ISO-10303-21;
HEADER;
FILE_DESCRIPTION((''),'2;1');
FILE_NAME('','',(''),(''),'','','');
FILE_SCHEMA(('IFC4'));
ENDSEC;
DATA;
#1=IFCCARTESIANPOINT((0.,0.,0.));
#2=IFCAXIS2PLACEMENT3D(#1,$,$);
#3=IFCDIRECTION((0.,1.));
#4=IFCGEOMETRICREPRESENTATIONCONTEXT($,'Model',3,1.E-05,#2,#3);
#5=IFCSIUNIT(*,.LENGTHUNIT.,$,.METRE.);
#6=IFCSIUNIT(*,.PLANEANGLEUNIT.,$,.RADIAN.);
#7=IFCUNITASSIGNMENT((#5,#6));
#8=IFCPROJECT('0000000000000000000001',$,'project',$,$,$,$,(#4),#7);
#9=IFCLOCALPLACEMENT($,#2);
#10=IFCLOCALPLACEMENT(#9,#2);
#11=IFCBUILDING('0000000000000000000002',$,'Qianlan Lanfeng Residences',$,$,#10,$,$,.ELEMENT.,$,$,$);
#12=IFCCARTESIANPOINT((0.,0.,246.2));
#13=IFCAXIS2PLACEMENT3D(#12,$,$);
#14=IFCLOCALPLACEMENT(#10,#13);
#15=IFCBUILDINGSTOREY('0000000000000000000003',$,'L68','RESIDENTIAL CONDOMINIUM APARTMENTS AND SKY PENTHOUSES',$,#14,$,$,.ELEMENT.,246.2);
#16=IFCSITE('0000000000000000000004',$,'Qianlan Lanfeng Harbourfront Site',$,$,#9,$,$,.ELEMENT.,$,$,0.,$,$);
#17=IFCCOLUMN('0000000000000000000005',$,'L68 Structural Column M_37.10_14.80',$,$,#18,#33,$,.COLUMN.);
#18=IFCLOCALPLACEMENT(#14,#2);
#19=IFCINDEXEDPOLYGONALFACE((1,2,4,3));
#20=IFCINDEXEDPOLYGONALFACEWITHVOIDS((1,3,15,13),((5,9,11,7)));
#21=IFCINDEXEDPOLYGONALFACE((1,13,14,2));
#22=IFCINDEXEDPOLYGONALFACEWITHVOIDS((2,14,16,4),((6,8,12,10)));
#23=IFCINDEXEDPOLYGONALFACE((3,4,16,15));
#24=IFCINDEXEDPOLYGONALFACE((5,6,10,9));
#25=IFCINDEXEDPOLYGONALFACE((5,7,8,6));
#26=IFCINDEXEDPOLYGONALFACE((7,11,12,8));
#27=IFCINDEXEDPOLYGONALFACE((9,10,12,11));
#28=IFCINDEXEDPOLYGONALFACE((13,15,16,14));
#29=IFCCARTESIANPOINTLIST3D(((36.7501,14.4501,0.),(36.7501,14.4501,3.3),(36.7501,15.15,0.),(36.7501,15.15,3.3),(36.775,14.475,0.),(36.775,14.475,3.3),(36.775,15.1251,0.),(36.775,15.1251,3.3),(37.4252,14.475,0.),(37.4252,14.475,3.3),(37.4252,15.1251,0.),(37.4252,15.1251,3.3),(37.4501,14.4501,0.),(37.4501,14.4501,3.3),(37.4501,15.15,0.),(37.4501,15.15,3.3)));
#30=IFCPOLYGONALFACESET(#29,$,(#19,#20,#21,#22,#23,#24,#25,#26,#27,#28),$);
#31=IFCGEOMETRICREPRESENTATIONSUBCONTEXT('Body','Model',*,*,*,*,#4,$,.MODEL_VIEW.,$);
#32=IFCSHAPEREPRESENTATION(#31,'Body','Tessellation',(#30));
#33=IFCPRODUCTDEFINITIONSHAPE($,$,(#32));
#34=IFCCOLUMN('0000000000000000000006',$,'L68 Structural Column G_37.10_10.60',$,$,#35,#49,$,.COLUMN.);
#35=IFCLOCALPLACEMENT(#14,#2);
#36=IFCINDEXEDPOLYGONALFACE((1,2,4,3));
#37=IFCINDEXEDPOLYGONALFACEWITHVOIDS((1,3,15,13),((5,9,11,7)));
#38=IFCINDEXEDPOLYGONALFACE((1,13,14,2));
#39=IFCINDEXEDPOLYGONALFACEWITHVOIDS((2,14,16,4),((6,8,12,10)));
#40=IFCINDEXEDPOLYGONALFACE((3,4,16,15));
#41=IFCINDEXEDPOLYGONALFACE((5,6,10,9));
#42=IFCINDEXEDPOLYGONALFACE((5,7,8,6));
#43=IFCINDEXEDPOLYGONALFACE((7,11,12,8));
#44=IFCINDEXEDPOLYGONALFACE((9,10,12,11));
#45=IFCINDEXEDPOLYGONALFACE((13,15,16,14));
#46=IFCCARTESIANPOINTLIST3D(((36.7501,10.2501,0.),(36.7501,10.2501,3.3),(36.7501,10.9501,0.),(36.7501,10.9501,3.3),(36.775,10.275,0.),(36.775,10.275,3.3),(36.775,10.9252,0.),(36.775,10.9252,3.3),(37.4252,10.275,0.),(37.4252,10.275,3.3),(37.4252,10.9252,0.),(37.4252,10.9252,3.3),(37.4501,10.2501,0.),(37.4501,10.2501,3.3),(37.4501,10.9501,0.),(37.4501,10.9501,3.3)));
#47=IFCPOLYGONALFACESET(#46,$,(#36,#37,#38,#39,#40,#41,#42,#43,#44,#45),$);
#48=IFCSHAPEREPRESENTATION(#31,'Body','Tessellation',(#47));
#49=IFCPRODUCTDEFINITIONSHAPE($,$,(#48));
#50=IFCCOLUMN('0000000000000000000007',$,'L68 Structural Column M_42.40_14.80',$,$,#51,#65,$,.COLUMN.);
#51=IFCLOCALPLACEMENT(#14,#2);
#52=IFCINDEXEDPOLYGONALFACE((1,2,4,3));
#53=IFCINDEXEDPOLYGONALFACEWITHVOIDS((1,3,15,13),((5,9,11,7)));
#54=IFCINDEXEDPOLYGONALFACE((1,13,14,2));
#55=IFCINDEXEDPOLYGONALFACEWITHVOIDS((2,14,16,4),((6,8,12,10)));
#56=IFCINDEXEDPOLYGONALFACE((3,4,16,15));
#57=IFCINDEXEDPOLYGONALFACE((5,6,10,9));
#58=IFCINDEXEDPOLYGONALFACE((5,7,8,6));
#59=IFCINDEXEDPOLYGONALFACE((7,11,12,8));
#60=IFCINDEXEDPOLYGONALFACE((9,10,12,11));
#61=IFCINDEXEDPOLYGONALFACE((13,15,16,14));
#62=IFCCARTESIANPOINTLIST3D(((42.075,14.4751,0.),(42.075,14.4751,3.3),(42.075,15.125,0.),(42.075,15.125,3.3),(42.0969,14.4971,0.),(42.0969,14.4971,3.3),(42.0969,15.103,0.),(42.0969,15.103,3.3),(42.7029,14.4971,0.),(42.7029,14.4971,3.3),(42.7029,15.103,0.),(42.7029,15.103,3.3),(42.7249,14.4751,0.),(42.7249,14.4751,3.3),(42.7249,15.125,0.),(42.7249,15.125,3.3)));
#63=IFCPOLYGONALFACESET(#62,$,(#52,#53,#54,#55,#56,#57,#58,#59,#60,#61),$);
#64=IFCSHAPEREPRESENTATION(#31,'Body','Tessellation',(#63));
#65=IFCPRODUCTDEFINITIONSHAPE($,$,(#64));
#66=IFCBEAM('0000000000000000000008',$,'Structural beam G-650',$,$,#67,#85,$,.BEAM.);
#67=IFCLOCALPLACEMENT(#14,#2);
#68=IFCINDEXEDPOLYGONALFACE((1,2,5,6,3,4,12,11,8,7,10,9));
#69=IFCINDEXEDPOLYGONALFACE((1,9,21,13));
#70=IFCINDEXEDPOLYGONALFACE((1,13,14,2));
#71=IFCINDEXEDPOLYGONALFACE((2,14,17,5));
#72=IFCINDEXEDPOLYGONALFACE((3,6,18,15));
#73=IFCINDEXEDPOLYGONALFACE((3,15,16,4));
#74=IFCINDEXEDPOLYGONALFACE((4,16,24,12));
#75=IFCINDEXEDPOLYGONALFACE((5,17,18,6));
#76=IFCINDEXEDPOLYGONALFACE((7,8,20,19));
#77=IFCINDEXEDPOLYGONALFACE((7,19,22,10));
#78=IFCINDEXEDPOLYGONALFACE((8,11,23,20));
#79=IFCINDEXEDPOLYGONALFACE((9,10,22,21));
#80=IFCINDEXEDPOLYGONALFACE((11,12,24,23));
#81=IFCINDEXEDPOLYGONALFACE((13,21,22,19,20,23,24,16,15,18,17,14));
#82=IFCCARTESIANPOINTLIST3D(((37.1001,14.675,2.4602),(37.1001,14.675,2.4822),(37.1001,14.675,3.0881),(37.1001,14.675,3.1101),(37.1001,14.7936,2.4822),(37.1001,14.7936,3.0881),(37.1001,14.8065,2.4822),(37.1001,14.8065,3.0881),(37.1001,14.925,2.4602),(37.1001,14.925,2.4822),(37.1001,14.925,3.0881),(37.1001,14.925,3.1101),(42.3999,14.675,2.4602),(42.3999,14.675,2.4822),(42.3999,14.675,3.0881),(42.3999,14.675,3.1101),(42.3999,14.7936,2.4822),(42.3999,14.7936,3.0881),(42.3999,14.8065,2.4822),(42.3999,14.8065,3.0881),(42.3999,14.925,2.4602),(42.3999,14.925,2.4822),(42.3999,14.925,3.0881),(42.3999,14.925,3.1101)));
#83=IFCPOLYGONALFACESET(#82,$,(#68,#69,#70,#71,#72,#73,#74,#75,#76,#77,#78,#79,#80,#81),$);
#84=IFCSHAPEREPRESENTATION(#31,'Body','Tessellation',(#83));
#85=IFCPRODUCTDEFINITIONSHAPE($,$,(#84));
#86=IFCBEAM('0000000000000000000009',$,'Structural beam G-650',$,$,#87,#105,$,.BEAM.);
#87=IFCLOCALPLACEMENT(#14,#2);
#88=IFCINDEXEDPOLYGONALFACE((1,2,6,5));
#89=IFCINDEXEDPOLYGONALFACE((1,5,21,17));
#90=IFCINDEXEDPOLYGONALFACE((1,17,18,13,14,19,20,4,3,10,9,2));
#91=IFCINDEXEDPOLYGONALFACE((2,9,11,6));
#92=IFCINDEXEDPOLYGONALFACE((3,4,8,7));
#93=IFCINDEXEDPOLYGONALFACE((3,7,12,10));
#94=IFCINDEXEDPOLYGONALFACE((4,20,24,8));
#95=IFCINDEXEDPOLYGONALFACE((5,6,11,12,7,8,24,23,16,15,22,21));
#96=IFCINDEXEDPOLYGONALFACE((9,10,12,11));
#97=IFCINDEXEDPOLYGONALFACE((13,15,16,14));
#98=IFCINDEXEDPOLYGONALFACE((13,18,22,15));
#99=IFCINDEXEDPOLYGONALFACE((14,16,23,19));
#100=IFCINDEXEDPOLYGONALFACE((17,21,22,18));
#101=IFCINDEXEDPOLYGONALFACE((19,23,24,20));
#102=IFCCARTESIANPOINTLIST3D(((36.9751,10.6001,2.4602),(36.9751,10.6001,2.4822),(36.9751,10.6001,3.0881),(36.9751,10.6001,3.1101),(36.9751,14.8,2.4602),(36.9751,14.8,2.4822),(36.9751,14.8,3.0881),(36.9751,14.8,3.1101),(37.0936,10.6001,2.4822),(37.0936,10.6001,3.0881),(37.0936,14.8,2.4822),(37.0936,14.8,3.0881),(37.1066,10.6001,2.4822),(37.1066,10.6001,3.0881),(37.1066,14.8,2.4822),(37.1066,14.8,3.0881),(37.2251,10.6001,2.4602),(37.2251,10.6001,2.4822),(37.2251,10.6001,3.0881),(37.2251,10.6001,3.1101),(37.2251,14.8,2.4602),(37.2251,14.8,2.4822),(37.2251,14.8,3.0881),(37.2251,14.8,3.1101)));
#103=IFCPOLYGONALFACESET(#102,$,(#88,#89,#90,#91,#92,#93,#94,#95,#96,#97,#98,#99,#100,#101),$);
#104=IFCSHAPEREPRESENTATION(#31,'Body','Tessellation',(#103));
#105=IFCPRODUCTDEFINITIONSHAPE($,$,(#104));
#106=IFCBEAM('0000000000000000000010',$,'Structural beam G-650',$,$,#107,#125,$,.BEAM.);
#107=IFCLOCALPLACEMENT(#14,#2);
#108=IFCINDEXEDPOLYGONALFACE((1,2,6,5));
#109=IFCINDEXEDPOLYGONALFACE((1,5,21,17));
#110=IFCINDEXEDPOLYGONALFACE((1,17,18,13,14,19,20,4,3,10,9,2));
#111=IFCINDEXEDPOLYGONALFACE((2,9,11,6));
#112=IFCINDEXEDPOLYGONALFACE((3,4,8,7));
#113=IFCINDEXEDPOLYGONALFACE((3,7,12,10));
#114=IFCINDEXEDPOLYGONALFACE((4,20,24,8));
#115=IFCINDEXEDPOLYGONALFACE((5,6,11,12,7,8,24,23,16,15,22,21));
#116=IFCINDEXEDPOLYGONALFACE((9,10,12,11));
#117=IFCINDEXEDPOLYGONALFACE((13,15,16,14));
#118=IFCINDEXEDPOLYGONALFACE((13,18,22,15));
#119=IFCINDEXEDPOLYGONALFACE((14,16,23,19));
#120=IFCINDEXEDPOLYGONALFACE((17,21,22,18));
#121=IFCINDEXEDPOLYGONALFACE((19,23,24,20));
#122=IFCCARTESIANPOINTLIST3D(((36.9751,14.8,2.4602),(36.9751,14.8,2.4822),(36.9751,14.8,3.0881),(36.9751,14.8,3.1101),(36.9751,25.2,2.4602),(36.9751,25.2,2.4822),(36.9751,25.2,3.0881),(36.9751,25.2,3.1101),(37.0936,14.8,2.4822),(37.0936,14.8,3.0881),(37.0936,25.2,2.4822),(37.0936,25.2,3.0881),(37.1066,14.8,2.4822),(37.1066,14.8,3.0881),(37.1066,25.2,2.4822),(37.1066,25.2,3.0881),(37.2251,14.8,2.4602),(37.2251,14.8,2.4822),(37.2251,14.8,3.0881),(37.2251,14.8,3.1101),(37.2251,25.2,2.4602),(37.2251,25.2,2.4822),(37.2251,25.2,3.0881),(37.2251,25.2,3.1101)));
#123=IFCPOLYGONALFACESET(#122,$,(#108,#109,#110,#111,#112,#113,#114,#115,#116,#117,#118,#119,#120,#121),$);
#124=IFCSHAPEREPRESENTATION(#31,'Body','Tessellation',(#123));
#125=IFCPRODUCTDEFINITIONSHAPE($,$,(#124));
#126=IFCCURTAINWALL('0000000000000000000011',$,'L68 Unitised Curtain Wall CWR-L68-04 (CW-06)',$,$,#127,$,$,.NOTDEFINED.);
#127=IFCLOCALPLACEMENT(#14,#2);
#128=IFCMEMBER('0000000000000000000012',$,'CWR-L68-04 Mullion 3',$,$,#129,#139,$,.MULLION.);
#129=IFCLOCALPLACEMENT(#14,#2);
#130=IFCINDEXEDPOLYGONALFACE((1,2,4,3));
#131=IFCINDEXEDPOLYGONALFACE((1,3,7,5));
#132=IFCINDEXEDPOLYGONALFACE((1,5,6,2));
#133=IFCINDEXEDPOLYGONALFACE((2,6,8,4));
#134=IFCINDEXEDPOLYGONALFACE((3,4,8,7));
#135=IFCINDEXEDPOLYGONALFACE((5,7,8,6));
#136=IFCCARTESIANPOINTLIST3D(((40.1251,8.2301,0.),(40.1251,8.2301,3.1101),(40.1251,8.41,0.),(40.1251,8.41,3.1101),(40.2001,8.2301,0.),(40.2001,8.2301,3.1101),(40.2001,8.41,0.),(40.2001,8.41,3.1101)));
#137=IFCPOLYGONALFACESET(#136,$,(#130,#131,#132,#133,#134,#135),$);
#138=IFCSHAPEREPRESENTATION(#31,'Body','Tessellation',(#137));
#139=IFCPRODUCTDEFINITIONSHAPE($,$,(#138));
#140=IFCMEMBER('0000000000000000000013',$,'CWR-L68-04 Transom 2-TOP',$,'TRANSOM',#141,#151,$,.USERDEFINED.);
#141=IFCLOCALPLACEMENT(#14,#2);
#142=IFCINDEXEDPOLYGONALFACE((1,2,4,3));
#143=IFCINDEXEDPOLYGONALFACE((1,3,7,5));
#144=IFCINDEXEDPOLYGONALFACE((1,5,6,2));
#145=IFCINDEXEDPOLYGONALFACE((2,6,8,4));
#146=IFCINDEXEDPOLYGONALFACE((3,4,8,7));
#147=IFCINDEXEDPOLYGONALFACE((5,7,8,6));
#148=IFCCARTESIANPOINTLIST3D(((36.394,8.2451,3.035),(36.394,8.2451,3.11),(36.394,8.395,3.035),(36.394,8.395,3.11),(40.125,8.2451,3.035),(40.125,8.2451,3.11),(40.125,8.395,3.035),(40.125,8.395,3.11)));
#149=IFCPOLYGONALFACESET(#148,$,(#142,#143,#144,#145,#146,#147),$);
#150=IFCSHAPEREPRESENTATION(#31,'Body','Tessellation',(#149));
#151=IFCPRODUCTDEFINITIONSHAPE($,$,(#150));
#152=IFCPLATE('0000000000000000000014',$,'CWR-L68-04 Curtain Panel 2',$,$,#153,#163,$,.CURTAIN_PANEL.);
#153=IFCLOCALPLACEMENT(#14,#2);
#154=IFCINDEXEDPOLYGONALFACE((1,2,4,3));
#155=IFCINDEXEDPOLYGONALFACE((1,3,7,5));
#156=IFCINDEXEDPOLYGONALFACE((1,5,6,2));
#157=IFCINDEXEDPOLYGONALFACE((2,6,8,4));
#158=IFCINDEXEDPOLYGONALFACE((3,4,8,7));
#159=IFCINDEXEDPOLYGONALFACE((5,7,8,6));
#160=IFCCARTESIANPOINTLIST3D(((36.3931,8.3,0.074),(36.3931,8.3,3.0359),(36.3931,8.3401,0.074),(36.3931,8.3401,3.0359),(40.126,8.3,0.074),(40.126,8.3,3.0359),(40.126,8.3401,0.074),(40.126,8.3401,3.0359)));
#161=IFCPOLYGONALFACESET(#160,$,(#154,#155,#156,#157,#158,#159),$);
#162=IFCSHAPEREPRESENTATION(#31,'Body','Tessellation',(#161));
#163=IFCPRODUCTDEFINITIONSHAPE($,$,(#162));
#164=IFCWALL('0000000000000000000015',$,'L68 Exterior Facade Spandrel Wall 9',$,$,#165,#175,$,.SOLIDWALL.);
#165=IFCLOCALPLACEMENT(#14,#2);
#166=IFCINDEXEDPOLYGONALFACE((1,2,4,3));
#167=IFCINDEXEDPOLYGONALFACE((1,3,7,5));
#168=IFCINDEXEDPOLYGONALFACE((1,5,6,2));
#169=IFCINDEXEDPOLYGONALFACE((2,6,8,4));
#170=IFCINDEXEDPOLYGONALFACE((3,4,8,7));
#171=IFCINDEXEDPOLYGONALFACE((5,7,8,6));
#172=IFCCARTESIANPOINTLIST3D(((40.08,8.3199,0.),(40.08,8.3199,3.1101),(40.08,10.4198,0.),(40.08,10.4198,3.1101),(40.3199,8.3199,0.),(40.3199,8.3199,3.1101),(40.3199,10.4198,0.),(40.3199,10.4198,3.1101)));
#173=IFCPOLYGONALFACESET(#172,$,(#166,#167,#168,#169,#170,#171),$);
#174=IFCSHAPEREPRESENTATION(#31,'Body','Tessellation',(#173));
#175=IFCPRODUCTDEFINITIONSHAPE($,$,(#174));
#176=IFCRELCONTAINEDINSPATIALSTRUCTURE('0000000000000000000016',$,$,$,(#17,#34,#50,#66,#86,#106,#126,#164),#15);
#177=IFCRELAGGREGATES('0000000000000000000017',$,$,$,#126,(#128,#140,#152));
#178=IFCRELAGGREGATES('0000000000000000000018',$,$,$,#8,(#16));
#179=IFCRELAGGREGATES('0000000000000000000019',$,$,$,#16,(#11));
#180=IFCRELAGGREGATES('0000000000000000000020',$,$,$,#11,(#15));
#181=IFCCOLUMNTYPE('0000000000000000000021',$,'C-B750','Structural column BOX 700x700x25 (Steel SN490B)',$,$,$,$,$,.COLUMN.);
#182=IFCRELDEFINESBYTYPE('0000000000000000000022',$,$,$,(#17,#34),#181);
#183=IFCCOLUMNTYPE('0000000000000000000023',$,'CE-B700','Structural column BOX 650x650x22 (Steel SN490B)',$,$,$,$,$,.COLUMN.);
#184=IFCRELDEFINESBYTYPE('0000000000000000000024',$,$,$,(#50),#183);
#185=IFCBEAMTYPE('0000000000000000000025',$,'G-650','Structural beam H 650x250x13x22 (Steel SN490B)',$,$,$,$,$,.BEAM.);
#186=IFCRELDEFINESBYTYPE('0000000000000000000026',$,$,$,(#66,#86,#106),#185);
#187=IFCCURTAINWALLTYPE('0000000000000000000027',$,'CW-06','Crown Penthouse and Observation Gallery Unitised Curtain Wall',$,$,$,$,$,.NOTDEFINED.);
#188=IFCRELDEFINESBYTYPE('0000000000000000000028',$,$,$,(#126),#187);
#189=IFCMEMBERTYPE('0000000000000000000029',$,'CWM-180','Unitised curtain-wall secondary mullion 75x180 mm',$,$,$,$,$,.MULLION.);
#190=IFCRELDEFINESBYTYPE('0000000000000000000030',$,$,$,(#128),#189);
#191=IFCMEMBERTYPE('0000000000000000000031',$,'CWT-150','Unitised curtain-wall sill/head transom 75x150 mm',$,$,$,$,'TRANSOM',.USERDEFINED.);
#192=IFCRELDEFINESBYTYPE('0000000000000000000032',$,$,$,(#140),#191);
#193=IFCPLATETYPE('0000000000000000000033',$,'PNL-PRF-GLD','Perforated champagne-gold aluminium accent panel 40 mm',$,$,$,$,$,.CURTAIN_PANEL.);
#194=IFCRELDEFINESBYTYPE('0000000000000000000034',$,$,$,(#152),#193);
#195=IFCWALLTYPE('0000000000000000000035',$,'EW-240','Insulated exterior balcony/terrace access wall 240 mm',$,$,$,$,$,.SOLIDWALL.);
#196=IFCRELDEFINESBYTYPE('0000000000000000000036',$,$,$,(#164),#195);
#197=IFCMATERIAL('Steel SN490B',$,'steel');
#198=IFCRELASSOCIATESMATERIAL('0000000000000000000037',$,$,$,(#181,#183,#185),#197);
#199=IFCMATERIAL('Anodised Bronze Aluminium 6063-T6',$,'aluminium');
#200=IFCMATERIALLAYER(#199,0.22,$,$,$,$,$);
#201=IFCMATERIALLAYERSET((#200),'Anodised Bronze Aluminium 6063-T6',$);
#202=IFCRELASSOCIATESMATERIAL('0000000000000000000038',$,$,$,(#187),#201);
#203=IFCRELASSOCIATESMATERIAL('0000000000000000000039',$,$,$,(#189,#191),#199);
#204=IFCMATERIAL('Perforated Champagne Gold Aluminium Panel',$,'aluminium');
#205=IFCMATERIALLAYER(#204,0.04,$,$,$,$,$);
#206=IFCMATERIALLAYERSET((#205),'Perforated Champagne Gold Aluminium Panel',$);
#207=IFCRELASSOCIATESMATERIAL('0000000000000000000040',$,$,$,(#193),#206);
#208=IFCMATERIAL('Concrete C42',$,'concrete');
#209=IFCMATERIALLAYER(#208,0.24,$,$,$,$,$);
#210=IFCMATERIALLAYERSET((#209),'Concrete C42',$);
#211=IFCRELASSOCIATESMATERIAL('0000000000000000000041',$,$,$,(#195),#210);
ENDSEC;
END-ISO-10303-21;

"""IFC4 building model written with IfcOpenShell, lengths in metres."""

from ifc_helpers import new_model, si_unit, direction, frame, frame_2d, origin, origin_2d, place, context, subcontext, project, spatial, rectangle, hollow_rectangle, i_section, extrude, source, transform, mapped, material, layer, layer_set, material_profile, profile_set, type_object, element, aggregate, save


model = new_model("IFC4")

# Units and contexts
model_context = context("Model", 3, precision=1e-05, world=origin(), true_north=direction((0.0, 1.0)))
body_context = subcontext(model_context, "Body", "Model", "MODEL_VIEW")
ifc_project = project(units=[si_unit("LENGTHUNIT", "METRE"), si_unit("PLANEANGLEUNIT", "RADIAN")], contexts=[model_context])

# Site, building, storey
site_placement = place(None, origin())
site = spatial("IfcSite", under=ifc_project, at=site_placement, Name="Qianlan Lanfeng Harbourfront Site", CompositionType="ELEMENT", RefElevation=0.0)
building_placement = place(site_placement, origin())
building = spatial("IfcBuilding", under=site, at=building_placement, Name="Qianlan Lanfeng Residences", CompositionType="ELEMENT")
storey_placement = place(building_placement, frame((0.0, 0.0, 246.2)))
storey = spatial("IfcBuildingStorey", under=building, at=storey_placement, Name="L68", Description="RESIDENTIAL CONDOMINIUM APARTMENTS AND SKY PENTHOUSES", CompositionType="ELEMENT", Elevation=246.2)

# Columns
ifc_material_1 = material(Name="Steel SN490B", Category="steel")
ifc_material_profile_1 = material_profile(ifc_material_1, hollow_rectangle(XDim=0.7, YDim=0.7, WallThickness=0.0249, at=origin_2d()), Name="BOX 700x700x25")
ifc_profile_set_1 = profile_set([ifc_material_profile_1], Name="Steel SN490B")
column_type_1 = type_object("IfcColumnType", Name="C-B750", Description="Structural column BOX 700x700x25 (Steel SN490B)", PredefinedType="COLUMN", material=ifc_profile_set_1)
for number, where, z_axis, x_axis, name in (
    (1, (37.1001, 14.8, 0.0), (0.0, 0.0, 1.0), (1.0, 0.0, 0.0), "L68 Structural Column M_37.10_14.80"),
    (2, (37.1001, 10.6001, 0.0), (0.0, 0.0, 1.0), (1.0, 0.0, 0.0), "L68 Structural Column G_37.10_10.60"),
):
    element("IfcColumn", number, at=place(storey_placement, frame(where, z_axis=z_axis, x_axis=x_axis)), inside=storey, type_object=column_type_1, Name=name, PredefinedType="COLUMN", context=body_context, shape_type="SweptSolid", body=[
        extrude(hollow_rectangle(XDim=0.7, YDim=0.7, WallThickness=0.0249, at=origin_2d()), origin(), (0.0, 0.0, 1.0), 3.3),
    ])
ifc_material_profile_2 = material_profile(ifc_material_1, hollow_rectangle(XDim=0.6499, YDim=0.6499, WallThickness=0.022, at=origin_2d()), Name="BOX 650x650x22")
ifc_profile_set_2 = profile_set([ifc_material_profile_2], Name="Steel SN490B")
column_type_2 = type_object("IfcColumnType", Name="CE-B700", Description="Structural column BOX 650x650x22 (Steel SN490B)", PredefinedType="COLUMN", material=ifc_profile_set_2)
column_placement = place(storey_placement, frame((42.3999, 14.8, 0.0), z_axis=(0.0, 0.0, 1.0), x_axis=(1.0, 0.0, 0.0)))
element("IfcColumn", 3, at=column_placement, inside=storey, type_object=column_type_2, Name="L68 Structural Column M_42.40_14.80", PredefinedType="COLUMN", context=body_context, shape_type="SweptSolid", body=[
    extrude(hollow_rectangle(XDim=0.6499, YDim=0.6499, WallThickness=0.022, at=origin_2d()), origin(), (0.0, 0.0, 1.0), 3.3),
])

# Beams
ifc_material_profile_3 = material_profile(ifc_material_1, i_section(OverallWidth=0.25, OverallDepth=0.6499, WebThickness=0.0129, FlangeThickness=0.022, at=origin_2d()), Name="H 650x250x13x22")
ifc_profile_set_3 = profile_set([ifc_material_profile_3], Name="Steel SN490B")
beam_type = type_object("IfcBeamType", Name="G-650", Description="Structural beam H 650x250x13x22 (Steel SN490B)", PredefinedType="BEAM", material=ifc_profile_set_3)
beam_1_placement = place(storey_placement, frame((37.1001, 14.8, 2.7852), z_axis=(1.0, 0.0, 0.0), x_axis=(0.0, 1.0, 0.0)))
element("IfcBeam", 4, at=beam_1_placement, inside=storey, type_object=beam_type, Name="Structural beam G-650", PredefinedType="BEAM", context=body_context, shape_type="SweptSolid", body=[
    extrude(i_section(OverallWidth=0.25, OverallDepth=0.6499, WebThickness=0.0129, FlangeThickness=0.022, at=origin_2d()), origin(), (0.0, 0.0, 1.0), 5.2998),
])
beam_2_placement = place(storey_placement, frame((37.1001, 10.6001, 2.7852), z_axis=(0.0, 1.0, 0.0), x_axis=(-1.0, 0.0, 0.0)))
element("IfcBeam", 5, at=beam_2_placement, inside=storey, type_object=beam_type, Name="Structural beam G-650", PredefinedType="BEAM", context=body_context, shape_type="SweptSolid", body=[
    extrude(i_section(OverallWidth=0.25, OverallDepth=0.6499, WebThickness=0.0129, FlangeThickness=0.022, at=origin_2d()), origin(), (0.0, 0.0, 1.0), 4.2),
])
beam_3_placement = place(storey_placement, frame((37.1001, 14.8, 2.7852), z_axis=(0.0, 1.0, 0.0), x_axis=(-1.0, 0.0, 0.0)))
element("IfcBeam", 6, at=beam_3_placement, inside=storey, type_object=beam_type, Name="Structural beam G-650", PredefinedType="BEAM", context=body_context, shape_type="SweptSolid", body=[
    extrude(i_section(OverallWidth=0.25, OverallDepth=0.6499, WebThickness=0.0129, FlangeThickness=0.022, at=origin_2d()), origin(), (0.0, 0.0, 1.0), 10.3999),
])

# Curtain wall, members, plate
ifc_material_2 = material(Name="Anodised Bronze Aluminium 6063-T6", Category="aluminium")
ifc_layer_1 = layer(ifc_material_2, 0.22)
ifc_layer_set_1 = layer_set([ifc_layer_1], Name="Anodised Bronze Aluminium 6063-T6")
curtain_wall_type = type_object("IfcCurtainWallType", Name="CW-06", Description="Crown Penthouse and Observation Gallery Unitised Curtain Wall", PredefinedType="NOTDEFINED", material=ifc_layer_set_1)
curtain_wall_placement = place(storey_placement, origin())
curtain_wall = element("IfcCurtainWall", 7, at=curtain_wall_placement, inside=storey, type_object=curtain_wall_type, Name="L68 Unitised Curtain Wall CWR-L68-04 (CW-06)", PredefinedType="NOTDEFINED")
ifc_material_profile_4 = material_profile(ifc_material_2, rectangle(XDim=0.075, YDim=0.1799, at=origin_2d()), Name="ALU MULLION 75x180")
ifc_profile_set_4 = profile_set([ifc_material_profile_4], Name="Anodised Bronze Aluminium 6063-T6")
member_type_1 = type_object("IfcMemberType", Name="CWM-180", Description="Unitised curtain-wall secondary mullion 75x180 mm", PredefinedType="MULLION", material=ifc_profile_set_4)
shared_shape_1 = source(origin(), body_context, "Body", "SweptSolid", [
    extrude(rectangle(XDim=0.075, YDim=0.1799, at=origin_2d()), origin(), (0.0, 0.0, 1.0), 3.1101),
])
member_1_placement = place(storey_placement, frame((40.1626, 8.3201, 0.0), z_axis=(0.0, 0.0, 1.0), x_axis=(1.0, 0.0, 0.0)))
member_1 = element("IfcMember", 8, at=member_1_placement, type_object=member_type_1, Name="CWR-L68-04 Mullion 3", PredefinedType="MULLION", context=body_context, shape_type="MappedRepresentation", body=[
    mapped(shared_shape_1, transform((0.0, 0.0, 0.0), scale=1.0)),
])
ifc_material_profile_5 = material_profile(ifc_material_2, rectangle(XDim=0.075, YDim=0.1499, at=origin_2d()), Name="ALU TRANSOM 75x150")
ifc_profile_set_5 = profile_set([ifc_material_profile_5], Name="Anodised Bronze Aluminium 6063-T6")
member_type_2 = type_object("IfcMemberType", Name="CWT-150", Description="Unitised curtain-wall sill/head transom 75x150 mm", ElementType="TRANSOM", PredefinedType="USERDEFINED", material=ifc_profile_set_5)
shared_shape_2 = source(origin(), body_context, "Body", "SweptSolid", [
    extrude(rectangle(XDim=0.075, YDim=0.1499, at=origin_2d()), origin(), (0.0, 0.0, 1.0), 3.731),
])
member_2_placement = place(storey_placement, frame((36.394, 8.3201, 3.0725), z_axis=(1.0, 0.0, 0.0), x_axis=(0.0, 0.0, 1.0)))
member_2 = element("IfcMember", 9, at=member_2_placement, type_object=member_type_2, Name="CWR-L68-04 Transom 2-TOP", ObjectType="TRANSOM", PredefinedType="USERDEFINED", context=body_context, shape_type="MappedRepresentation", body=[
    mapped(shared_shape_2, transform((0.0, 0.0, 0.0), scale=1.0)),
])
ifc_material_3 = material(Name="Perforated Champagne Gold Aluminium Panel", Category="aluminium")
ifc_layer_2 = layer(ifc_material_3, 0.04)
ifc_layer_set_2 = layer_set([ifc_layer_2], Name="Perforated Champagne Gold Aluminium Panel")
plate_type = type_object("IfcPlateType", Name="PNL-PRF-GLD", Description="Perforated champagne-gold aluminium accent panel 40 mm", PredefinedType="CURTAIN_PANEL", material=ifc_layer_set_2)
shared_shape_3 = source(origin(), body_context, "Body", "SweptSolid", [
    extrude(rectangle(XDim=3.7329, YDim=0.04, at=origin_2d()), origin(), (0.0, 0.0, 1.0), 2.9619),
])
plate_placement = place(storey_placement, frame((38.2595, 8.3201, 0.074), z_axis=(0.0, 0.0, 1.0), x_axis=(1.0, 0.0, 0.0)))
plate = element("IfcPlate", 10, at=plate_placement, type_object=plate_type, Name="CWR-L68-04 Curtain Panel 2", PredefinedType="CURTAIN_PANEL", context=body_context, shape_type="MappedRepresentation", body=[
    mapped(shared_shape_3, transform((0.0, 0.0, 0.0), scale=1.0)),
])
aggregate(curtain_wall, [member_1, member_2, plate])

# Wall
ifc_material_4 = material(Name="Concrete C42", Category="concrete")
ifc_layer_3 = layer(ifc_material_4, 0.24)
ifc_layer_set_3 = layer_set([ifc_layer_3], Name="Concrete C42")
wall_type_1 = type_object("IfcWallType", Name="EW-240", Description="Insulated exterior balcony/terrace access wall 240 mm", PredefinedType="SOLIDWALL", material=ifc_layer_set_3)
wall_1_placement = place(storey_placement, frame((40.2, 8.3201, 0.0), z_axis=(0.0, 0.0, 1.0), x_axis=(0.0, 1.0, 0.0)))
element("IfcWall", 11, at=wall_1_placement, inside=storey, type_object=wall_type_1, Name="L68 Exterior Facade Spandrel Wall 9", PredefinedType="SOLIDWALL", context=body_context, shape_type="SweptSolid", body=[
    extrude(rectangle(XDim=2.0999, YDim=0.24, at=frame_2d((1.0498, 0.0))), origin(), (0.0, 0.0, 1.0), 3.1101),
])

save(model, "model.ifc")
